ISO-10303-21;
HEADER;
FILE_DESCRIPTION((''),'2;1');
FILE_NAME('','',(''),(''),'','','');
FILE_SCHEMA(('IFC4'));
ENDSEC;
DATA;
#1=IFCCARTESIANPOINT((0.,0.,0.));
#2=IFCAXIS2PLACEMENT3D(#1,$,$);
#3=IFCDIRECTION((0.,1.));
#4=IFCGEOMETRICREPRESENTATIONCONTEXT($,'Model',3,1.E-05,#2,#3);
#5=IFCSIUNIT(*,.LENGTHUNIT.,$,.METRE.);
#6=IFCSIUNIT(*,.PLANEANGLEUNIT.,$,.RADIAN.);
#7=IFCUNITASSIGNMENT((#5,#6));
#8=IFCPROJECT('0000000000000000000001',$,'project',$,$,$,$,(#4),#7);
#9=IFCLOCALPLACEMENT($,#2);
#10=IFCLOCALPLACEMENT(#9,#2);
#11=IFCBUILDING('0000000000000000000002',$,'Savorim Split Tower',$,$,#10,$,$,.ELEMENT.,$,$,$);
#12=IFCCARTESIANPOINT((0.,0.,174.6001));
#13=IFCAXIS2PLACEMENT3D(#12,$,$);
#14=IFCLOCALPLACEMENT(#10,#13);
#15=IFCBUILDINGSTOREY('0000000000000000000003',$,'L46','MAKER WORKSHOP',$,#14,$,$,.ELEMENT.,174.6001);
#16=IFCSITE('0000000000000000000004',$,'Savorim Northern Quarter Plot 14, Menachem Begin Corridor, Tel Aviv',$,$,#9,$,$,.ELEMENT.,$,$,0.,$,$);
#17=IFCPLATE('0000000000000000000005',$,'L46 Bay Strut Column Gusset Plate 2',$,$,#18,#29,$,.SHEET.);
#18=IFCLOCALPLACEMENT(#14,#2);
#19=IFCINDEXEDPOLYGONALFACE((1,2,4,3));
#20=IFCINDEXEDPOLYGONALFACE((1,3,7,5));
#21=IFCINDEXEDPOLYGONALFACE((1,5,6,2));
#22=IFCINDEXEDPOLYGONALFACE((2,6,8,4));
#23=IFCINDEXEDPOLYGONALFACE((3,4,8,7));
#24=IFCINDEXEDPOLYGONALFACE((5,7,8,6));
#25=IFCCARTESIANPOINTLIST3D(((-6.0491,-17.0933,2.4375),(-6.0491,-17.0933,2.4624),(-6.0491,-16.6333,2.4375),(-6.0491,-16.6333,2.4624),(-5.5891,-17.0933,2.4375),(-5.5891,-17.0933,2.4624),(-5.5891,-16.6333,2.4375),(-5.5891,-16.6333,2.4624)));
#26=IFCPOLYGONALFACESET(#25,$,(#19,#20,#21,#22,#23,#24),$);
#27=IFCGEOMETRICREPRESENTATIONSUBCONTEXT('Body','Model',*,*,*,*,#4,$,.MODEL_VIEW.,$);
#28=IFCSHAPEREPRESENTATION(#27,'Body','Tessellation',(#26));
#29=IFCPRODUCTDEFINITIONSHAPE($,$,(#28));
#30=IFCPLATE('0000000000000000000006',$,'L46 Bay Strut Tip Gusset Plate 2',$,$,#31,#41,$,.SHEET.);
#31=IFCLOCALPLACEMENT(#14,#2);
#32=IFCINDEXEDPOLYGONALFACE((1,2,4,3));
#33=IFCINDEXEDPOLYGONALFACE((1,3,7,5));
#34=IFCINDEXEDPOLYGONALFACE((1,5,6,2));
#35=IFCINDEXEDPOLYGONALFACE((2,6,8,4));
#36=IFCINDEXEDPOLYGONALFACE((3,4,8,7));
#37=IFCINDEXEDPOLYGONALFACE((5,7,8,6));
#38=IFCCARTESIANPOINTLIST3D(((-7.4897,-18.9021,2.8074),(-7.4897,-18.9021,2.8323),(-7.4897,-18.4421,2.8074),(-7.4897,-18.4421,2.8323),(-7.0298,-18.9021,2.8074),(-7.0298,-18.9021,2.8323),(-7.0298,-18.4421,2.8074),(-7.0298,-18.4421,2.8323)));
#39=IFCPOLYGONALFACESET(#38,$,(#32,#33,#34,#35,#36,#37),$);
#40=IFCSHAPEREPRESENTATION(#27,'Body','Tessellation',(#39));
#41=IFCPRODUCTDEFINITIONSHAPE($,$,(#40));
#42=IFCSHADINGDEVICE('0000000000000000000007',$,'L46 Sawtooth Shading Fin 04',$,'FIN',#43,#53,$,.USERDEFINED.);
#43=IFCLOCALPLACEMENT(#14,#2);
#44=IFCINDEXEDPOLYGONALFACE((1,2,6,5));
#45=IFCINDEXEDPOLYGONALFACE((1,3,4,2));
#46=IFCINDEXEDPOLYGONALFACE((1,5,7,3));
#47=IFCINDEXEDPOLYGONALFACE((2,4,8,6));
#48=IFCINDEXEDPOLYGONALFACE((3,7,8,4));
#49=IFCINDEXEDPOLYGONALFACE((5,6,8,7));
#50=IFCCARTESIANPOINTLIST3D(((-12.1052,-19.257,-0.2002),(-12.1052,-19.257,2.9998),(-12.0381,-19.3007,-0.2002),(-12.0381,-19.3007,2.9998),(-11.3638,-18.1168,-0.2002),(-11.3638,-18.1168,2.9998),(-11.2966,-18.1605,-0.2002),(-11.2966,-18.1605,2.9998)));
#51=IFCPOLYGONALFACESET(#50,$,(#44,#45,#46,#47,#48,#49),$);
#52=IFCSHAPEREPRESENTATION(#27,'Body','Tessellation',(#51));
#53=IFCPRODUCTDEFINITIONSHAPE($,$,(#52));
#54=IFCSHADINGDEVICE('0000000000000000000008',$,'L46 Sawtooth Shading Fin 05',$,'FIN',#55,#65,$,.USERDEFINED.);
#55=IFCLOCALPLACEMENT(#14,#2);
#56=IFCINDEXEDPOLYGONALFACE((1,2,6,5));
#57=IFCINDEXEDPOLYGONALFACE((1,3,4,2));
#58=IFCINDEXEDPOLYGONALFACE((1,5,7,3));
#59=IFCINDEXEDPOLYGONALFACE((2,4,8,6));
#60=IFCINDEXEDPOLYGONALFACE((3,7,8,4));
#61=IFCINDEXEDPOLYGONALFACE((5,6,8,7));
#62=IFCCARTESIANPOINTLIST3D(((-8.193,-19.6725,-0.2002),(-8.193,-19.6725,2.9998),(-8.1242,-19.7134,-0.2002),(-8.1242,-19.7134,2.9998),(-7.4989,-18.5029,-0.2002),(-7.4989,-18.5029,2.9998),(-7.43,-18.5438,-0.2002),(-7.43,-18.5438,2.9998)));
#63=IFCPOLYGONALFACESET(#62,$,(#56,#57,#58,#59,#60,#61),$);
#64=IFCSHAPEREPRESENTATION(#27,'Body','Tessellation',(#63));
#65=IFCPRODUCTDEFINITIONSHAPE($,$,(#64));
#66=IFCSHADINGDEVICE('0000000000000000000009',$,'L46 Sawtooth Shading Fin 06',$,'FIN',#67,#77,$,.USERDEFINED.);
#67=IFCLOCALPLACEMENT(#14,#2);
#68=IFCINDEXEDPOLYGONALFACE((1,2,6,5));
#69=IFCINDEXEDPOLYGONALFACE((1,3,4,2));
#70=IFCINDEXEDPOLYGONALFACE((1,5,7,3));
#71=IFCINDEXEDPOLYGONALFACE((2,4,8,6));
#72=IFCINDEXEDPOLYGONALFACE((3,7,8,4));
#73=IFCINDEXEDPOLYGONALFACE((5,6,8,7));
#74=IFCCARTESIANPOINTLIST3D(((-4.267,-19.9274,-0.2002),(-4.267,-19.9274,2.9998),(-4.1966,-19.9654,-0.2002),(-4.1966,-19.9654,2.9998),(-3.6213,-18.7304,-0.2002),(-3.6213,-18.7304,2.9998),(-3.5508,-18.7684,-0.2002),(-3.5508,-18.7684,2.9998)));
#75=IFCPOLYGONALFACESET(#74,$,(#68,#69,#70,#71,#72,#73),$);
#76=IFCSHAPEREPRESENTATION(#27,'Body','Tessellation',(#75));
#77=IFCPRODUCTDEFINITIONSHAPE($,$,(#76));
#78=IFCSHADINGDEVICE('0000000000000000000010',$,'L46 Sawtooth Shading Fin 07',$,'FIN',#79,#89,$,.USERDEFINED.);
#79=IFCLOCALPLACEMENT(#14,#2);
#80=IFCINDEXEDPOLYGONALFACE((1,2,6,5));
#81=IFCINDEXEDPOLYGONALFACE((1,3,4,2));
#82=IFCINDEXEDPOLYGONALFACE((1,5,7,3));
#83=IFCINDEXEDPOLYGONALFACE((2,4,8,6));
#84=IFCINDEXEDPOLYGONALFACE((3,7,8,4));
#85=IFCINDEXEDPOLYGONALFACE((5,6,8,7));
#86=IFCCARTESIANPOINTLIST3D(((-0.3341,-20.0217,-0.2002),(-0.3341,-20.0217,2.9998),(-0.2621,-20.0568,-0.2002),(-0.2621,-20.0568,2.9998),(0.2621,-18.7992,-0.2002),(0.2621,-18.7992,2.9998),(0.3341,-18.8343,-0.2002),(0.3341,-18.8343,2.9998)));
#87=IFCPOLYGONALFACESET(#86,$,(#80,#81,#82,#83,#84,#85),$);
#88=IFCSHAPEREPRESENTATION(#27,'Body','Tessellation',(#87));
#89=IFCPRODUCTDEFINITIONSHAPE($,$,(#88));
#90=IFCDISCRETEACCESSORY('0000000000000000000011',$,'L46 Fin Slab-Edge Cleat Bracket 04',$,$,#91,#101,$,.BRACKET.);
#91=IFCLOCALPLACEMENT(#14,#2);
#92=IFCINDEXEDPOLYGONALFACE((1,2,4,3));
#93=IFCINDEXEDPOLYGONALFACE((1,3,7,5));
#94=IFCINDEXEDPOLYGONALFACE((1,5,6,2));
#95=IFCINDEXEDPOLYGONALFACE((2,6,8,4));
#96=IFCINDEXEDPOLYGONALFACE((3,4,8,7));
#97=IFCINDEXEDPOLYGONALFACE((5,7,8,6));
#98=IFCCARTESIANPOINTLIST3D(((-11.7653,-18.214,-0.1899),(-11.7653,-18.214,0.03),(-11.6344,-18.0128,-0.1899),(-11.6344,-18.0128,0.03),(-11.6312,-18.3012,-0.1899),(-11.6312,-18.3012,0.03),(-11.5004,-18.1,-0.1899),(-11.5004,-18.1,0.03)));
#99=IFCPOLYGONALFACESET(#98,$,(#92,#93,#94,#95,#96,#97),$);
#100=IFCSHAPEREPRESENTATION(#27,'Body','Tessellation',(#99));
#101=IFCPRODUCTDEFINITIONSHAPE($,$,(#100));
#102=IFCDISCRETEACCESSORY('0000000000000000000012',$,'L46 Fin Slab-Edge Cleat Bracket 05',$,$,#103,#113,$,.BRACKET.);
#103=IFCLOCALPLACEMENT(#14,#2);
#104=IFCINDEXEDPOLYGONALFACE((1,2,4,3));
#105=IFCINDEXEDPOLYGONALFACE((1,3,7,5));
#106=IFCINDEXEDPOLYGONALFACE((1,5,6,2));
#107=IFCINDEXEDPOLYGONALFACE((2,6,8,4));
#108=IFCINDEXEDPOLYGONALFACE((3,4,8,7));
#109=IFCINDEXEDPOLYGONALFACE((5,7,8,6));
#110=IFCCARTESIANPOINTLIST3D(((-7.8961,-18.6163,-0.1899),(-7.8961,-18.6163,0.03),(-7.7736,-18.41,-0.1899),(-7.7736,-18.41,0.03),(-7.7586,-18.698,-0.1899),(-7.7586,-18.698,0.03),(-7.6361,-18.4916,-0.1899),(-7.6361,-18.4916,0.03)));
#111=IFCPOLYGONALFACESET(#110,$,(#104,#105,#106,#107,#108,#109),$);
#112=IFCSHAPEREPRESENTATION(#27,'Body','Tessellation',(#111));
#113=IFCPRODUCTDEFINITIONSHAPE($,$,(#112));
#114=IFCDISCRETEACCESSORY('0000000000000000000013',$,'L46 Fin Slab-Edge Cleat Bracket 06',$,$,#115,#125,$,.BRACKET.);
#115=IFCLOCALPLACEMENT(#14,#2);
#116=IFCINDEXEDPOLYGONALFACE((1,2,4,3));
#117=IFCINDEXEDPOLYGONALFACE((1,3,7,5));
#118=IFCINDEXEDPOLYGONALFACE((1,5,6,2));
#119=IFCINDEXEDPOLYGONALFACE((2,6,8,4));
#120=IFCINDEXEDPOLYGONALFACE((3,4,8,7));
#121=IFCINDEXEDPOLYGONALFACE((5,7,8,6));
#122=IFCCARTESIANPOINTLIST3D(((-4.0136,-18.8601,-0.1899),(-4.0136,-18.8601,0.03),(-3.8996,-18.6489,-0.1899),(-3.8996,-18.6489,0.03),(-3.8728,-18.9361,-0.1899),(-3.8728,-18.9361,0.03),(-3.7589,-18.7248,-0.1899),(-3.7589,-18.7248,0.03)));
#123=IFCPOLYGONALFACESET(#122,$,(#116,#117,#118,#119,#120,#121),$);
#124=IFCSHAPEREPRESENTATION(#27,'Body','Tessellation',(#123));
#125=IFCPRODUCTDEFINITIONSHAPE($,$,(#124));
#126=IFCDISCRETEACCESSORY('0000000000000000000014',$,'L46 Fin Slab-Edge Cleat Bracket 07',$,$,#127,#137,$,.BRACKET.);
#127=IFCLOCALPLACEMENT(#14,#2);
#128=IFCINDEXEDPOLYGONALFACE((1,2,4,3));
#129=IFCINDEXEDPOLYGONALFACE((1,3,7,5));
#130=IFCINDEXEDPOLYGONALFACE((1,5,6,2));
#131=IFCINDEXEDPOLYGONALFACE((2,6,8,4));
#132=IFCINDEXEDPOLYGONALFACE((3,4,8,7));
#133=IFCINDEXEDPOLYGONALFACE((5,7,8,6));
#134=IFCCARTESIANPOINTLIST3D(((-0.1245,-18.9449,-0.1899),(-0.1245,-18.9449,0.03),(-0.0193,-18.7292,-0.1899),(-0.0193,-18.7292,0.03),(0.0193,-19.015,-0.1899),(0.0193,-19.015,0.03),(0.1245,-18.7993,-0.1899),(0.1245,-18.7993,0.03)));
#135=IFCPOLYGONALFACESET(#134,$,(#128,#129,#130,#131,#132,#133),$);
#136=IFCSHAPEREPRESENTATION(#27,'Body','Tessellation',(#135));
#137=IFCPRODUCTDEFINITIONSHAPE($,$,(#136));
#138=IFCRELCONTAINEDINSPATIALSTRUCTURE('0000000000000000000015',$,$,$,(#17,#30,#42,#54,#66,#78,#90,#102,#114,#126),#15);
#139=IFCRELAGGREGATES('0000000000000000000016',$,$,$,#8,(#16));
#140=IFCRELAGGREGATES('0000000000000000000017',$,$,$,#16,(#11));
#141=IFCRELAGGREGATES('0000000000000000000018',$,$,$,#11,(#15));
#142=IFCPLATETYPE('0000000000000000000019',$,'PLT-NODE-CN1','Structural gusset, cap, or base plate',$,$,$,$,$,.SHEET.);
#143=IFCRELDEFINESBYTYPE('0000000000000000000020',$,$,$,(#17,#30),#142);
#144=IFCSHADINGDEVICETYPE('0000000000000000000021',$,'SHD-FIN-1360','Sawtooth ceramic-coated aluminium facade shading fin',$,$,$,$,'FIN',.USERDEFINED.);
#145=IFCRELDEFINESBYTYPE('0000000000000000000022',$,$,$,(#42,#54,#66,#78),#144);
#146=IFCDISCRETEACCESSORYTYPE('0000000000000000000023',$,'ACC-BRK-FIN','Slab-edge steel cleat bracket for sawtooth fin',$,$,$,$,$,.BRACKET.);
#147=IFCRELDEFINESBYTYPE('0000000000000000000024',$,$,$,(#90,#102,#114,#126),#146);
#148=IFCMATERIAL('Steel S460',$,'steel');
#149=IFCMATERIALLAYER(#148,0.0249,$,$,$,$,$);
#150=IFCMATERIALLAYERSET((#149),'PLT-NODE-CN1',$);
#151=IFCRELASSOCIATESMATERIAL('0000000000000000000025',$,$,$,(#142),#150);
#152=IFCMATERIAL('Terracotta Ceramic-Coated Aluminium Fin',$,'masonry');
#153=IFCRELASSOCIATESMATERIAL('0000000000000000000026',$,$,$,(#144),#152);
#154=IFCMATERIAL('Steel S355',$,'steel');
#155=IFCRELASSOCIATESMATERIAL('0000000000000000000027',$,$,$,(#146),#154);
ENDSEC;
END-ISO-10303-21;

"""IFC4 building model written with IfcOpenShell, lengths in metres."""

from ifc_helpers import new_model, si_unit, direction, frame, origin, origin_2d, place, context, subcontext, project, spatial, rectangle, extrude, material, layer, layer_set, type_object, element, save


model = new_model("IFC4")

# Units and contexts
model_context = context("Model", 3, precision=1e-05, world=origin(), true_north=direction((0.0, 1.0)))
body_context = subcontext(model_context, "Body", "Model", "MODEL_VIEW")
ifc_project = project(units=[si_unit("LENGTHUNIT", "METRE"), si_unit("PLANEANGLEUNIT", "RADIAN")], contexts=[model_context])

# Site, building, storey
site_placement = place(None, origin())
site = spatial("IfcSite", under=ifc_project, at=site_placement, Name="Savorim Northern Quarter Plot 14, Menachem Begin Corridor, Tel Aviv", CompositionType="ELEMENT", RefElevation=0.0)
building_placement = place(site_placement, origin())
building = spatial("IfcBuilding", under=site, at=building_placement, Name="Savorim Split Tower", CompositionType="ELEMENT")
storey_placement = place(building_placement, frame((0.0, 0.0, 174.6001)))
storey = spatial("IfcBuildingStorey", under=building, at=storey_placement, Name="L46", Description="MAKER WORKSHOP", CompositionType="ELEMENT", Elevation=174.6001)

# Shared definitions
ifc_material_1 = material(Name="Steel S460", Category="steel")

# Shared definitions
ifc_material_2 = material(Name="Steel S355", Category="steel")

# Plates
ifc_layer_1 = layer(ifc_material_1, 0.0249)
ifc_layer_set_1 = layer_set([ifc_layer_1], Name="PLT-NODE-CN1")
plate_type_1 = type_object("IfcPlateType", Name="PLT-NODE-CN1", Description="Structural gusset, cap, or base plate", PredefinedType="SHEET", material=ifc_layer_set_1)
for number, where, z_axis, x_axis, name in (
    (1, (-5.8191, -16.8633, 2.4375), (0.0, 0.0, 1.0), (1.0, 0.0, 0.0), "L46 Bay Strut Column Gusset Plate 2"),
    (2, (-7.2598, -18.6721, 2.8074), (0.0, 0.0, 1.0), (1.0, 0.0, 0.0), "L46 Bay Strut Tip Gusset Plate 2"),
):
    element("IfcPlate", number, at=place(storey_placement, frame(where, z_axis=z_axis, x_axis=x_axis)), inside=storey, type_object=plate_type_1, Name=name, PredefinedType="SHEET", context=body_context, shape_type="SweptSolid", body=[
        extrude(rectangle(XDim=0.46, YDim=0.46, at=origin_2d()), origin(), (0.0, 0.0, 1.0), 0.0249),
    ])

# Shading devices
ifc_material_3 = material(Name="Terracotta Ceramic-Coated Aluminium Fin", Category="masonry")
shading_device_type = type_object("IfcShadingDeviceType", Name="SHD-FIN-1360", Description="Sawtooth ceramic-coated aluminium facade shading fin", ElementType="FIN", PredefinedType="USERDEFINED", material=ifc_material_3)
for number, where, z_axis, x_axis, name in (
    (3, (-11.7009, -18.7087, -0.2002), (0.0, 0.0, 1.0), (-0.545148, -0.83834, 0.0), "L46 Sawtooth Shading Fin 04"),
    (4, (-7.8115, -19.1082, -0.2002), (0.0, 0.0, 1.0), (-0.510391, -0.859942, 0.0), "L46 Sawtooth Shading Fin 05"),
    (5, (-3.9089, -19.3479, -0.2002), (0.0, 0.0, 1.0), (-0.474778, -0.880106, 0.0), "L46 Sawtooth Shading Fin 06"),
    (6, (0.0, -19.428, -0.2002), (0.0, 0.0, 1.0), (-0.438371, -0.898794, 0.0), "L46 Sawtooth Shading Fin 07"),
):
    element("IfcShadingDevice", number, at=place(storey_placement, frame(where, z_axis=z_axis, x_axis=x_axis)), inside=storey, type_object=shading_device_type, Name=name, ObjectType="FIN", PredefinedType="USERDEFINED", context=body_context, shape_type="SweptSolid", body=[
        extrude(rectangle(XDim=1.3601, YDim=0.0801, at=origin_2d()), origin(), (0.0, 0.0, 1.0), 3.2),
    ])

# Discrete accessories
discrete_accessory_type = type_object("IfcDiscreteAccessoryType", Name="ACC-BRK-FIN", Description="Slab-edge steel cleat bracket for sawtooth fin", PredefinedType="BRACKET", material=ifc_material_2)
for number, where, z_axis, x_axis, name in (
    (7, (-11.6328, -18.157, -0.1899), (0.0, 0.0, 1.0), (-0.545148, -0.83834, 0.0), "L46 Fin Slab-Edge Cleat Bracket 04"),
    (8, (-7.7661, -18.554, -0.1899), (0.0, 0.0, 1.0), (-0.510391, -0.859942, 0.0), "L46 Fin Slab-Edge Cleat Bracket 05"),
    (9, (-3.8862, -18.7925, -0.1899), (0.0, 0.0, 1.0), (-0.474778, -0.880106, 0.0), "L46 Fin Slab-Edge Cleat Bracket 06"),
    (10, (0.0, -18.8721, -0.1899), (0.0, 0.0, 1.0), (-0.438371, -0.898794, 0.0), "L46 Fin Slab-Edge Cleat Bracket 07"),
):
    element("IfcDiscreteAccessory", number, at=place(storey_placement, frame(where, z_axis=z_axis, x_axis=x_axis)), inside=storey, type_object=discrete_accessory_type, Name=name, PredefinedType="BRACKET", context=body_context, shape_type="SweptSolid", body=[
        extrude(rectangle(XDim=0.24, YDim=0.1599, at=origin_2d()), origin(), (0.0, 0.0, 1.0), 0.22),
    ])

save(model, "model.ifc")
